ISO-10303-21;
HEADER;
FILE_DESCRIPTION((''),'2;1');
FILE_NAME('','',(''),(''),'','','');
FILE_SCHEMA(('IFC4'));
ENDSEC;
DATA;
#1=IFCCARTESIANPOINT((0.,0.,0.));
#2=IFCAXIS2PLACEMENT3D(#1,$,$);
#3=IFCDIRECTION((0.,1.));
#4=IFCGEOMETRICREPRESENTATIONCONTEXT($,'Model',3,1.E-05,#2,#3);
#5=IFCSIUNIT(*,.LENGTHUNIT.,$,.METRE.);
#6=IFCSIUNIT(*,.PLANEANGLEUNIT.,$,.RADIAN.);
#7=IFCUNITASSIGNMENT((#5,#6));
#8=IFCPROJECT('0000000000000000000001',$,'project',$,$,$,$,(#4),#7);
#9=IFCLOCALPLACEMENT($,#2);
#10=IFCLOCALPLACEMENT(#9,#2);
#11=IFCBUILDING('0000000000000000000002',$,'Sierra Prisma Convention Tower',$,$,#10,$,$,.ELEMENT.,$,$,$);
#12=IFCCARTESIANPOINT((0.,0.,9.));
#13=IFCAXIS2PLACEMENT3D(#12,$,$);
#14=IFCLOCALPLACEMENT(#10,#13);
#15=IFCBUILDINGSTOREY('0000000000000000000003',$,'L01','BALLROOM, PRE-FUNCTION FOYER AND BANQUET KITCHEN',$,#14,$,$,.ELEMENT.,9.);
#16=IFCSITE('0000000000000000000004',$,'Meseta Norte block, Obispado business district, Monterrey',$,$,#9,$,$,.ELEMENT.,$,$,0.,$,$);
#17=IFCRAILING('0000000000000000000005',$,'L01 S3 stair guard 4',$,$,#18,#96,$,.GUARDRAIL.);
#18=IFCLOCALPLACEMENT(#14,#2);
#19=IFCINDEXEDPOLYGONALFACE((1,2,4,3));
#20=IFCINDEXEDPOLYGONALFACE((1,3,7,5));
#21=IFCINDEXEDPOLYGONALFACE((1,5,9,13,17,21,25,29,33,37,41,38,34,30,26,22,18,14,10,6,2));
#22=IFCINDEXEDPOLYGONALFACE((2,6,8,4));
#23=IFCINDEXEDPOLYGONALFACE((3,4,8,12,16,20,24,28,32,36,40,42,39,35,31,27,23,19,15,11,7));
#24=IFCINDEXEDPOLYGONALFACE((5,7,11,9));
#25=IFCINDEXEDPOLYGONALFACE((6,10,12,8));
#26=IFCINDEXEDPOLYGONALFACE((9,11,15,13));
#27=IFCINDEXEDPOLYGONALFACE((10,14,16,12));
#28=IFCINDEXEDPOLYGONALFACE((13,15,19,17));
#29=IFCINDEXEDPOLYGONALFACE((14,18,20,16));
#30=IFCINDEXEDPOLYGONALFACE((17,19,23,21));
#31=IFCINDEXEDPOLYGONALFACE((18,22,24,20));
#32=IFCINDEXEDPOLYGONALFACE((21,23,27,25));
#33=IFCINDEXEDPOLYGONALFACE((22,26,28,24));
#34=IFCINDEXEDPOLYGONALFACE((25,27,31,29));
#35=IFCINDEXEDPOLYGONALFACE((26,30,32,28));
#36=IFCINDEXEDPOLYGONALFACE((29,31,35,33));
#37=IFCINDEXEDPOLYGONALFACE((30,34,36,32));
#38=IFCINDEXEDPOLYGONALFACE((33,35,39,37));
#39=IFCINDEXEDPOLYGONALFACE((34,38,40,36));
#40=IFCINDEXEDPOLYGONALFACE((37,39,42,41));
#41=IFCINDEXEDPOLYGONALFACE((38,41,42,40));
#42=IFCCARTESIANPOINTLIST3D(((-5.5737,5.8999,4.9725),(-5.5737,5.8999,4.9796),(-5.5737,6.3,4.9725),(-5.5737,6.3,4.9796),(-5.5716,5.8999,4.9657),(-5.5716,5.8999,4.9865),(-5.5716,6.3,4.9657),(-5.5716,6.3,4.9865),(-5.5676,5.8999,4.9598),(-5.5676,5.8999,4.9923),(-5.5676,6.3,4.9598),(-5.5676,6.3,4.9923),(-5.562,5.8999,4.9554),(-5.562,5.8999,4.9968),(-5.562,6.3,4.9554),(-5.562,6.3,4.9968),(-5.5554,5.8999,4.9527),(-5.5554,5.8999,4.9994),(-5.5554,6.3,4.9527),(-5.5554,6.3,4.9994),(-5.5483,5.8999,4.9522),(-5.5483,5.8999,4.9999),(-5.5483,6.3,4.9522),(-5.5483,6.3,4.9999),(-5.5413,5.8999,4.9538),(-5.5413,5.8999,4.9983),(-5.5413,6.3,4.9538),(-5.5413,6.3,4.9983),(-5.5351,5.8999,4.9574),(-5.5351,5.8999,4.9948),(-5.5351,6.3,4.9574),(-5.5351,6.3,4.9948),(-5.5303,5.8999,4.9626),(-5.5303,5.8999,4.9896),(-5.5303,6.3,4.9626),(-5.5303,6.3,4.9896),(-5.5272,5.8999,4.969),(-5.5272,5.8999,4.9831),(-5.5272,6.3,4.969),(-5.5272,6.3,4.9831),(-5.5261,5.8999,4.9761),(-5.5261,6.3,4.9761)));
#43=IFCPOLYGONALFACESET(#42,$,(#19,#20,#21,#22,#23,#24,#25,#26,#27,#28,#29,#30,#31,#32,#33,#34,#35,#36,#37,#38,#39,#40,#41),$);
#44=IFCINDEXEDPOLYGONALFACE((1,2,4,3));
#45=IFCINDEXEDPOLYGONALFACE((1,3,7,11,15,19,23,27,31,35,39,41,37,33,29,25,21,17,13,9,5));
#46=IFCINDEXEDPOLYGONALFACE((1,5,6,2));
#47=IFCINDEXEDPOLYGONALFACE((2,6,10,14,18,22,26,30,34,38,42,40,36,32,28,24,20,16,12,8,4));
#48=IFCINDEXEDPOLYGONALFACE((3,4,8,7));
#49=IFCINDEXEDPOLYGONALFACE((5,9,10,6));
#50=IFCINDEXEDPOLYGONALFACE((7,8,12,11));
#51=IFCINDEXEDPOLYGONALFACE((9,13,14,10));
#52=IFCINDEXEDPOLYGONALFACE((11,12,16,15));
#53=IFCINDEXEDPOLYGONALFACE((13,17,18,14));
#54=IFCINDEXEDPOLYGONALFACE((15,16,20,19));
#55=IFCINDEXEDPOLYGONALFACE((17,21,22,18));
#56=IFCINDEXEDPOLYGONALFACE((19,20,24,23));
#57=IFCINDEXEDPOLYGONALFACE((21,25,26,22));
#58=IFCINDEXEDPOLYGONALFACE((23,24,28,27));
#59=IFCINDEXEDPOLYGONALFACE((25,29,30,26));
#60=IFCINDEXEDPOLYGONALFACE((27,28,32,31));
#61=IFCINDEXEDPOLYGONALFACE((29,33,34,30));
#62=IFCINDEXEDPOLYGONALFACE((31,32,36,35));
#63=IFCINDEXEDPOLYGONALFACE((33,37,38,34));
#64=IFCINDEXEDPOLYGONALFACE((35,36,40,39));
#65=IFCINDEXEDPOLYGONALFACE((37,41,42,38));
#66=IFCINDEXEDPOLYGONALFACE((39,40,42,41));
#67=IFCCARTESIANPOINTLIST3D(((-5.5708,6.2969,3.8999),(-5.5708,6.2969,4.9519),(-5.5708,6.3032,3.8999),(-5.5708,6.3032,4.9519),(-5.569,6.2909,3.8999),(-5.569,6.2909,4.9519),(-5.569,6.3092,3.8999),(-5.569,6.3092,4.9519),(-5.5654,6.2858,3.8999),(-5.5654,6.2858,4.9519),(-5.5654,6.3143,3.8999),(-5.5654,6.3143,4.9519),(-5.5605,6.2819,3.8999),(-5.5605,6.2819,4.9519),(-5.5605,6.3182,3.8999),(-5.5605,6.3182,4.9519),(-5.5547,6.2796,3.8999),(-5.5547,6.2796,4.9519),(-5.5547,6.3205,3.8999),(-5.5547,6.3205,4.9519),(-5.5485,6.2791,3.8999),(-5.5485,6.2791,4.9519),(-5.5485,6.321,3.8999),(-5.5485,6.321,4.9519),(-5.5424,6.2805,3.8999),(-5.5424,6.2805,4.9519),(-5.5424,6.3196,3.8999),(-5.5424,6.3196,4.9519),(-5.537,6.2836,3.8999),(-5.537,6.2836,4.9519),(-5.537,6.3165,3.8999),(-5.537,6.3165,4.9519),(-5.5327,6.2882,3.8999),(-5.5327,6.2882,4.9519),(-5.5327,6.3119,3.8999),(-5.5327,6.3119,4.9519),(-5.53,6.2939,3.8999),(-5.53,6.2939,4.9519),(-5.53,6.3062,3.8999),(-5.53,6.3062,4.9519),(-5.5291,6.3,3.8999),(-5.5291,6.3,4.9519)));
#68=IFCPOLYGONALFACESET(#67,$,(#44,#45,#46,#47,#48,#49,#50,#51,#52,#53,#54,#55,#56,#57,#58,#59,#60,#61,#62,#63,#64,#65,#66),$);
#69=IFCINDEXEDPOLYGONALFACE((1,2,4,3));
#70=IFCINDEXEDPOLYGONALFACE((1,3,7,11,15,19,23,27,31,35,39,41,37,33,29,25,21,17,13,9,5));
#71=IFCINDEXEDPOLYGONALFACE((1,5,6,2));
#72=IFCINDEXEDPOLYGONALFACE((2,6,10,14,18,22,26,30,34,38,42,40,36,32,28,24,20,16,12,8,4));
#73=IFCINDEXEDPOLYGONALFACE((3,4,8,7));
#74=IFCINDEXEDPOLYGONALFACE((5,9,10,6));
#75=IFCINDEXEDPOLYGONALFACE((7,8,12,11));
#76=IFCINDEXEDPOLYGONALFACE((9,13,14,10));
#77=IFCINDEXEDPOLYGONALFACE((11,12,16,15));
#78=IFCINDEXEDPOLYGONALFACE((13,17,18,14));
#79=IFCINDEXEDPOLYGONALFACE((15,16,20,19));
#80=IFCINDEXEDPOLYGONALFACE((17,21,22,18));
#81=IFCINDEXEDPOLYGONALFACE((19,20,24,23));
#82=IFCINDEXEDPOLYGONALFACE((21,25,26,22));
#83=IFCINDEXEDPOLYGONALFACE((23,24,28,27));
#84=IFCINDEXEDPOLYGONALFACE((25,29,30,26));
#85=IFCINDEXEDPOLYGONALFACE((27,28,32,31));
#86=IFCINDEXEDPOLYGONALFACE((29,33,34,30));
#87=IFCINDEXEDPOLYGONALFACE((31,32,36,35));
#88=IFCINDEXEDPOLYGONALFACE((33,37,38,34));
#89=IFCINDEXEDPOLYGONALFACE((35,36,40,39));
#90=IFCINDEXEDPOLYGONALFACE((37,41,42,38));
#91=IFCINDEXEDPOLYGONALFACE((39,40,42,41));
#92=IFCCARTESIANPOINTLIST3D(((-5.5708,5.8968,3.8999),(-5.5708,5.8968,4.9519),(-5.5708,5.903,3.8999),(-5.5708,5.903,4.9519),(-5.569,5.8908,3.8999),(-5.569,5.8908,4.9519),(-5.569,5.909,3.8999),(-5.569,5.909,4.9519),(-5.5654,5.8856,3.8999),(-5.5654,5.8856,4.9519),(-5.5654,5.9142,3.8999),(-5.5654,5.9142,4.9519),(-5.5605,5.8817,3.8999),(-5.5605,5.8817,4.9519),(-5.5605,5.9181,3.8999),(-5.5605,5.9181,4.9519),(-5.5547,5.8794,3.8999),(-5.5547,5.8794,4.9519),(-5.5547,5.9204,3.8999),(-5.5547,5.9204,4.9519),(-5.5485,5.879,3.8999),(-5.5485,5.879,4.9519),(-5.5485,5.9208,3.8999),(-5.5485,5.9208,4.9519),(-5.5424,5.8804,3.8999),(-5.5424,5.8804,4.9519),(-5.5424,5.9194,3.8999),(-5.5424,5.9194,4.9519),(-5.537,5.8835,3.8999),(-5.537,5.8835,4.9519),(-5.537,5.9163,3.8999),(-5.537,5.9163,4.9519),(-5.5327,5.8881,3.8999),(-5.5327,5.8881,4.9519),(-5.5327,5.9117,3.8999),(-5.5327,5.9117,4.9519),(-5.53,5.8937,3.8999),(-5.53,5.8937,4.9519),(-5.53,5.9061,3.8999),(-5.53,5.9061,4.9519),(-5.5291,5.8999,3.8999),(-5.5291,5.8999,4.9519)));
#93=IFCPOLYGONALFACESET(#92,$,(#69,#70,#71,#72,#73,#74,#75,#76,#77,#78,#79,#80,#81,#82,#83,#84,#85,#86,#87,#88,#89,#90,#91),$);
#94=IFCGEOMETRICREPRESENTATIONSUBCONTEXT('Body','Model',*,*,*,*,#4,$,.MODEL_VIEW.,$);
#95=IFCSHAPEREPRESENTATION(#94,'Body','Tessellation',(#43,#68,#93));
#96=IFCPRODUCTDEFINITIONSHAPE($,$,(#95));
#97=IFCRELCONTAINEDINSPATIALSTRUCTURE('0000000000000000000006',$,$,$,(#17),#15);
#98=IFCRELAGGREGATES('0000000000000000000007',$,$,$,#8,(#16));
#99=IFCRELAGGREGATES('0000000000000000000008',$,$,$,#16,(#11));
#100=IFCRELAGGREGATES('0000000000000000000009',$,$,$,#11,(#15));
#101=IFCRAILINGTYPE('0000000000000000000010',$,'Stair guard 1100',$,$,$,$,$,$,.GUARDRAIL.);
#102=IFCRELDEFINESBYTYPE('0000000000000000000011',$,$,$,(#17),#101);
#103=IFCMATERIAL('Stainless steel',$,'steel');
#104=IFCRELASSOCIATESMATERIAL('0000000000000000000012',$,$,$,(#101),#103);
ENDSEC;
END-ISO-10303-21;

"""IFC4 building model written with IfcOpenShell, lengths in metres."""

from ifc_helpers import new_model, si_unit, direction, frame, origin, origin_2d, place, context, subcontext, project, spatial, circle, extrude, material, type_object, element, save


model = new_model("IFC4")

# Units and contexts
model_context = context("Model", 3, precision=1e-05, world=origin(), true_north=direction((0.0, 1.0)))
body_context = subcontext(model_context, "Body", "Model", "MODEL_VIEW")
ifc_project = project(units=[si_unit("LENGTHUNIT", "METRE"), si_unit("PLANEANGLEUNIT", "RADIAN")], contexts=[model_context])

# Site, building, storey
site_placement = place(None, origin())
site = spatial("IfcSite", under=ifc_project, at=site_placement, Name="Meseta Norte block, Obispado business district, Monterrey", CompositionType="ELEMENT", RefElevation=0.0)
building_placement = place(site_placement, origin())
building = spatial("IfcBuilding", under=site, at=building_placement, Name="Sierra Prisma Convention Tower", CompositionType="ELEMENT")
storey_placement = place(building_placement, frame((0.0, 0.0, 9.0)))
storey = spatial("IfcBuildingStorey", under=building, at=storey_placement, Name="L01", Description="BALLROOM, PRE-FUNCTION FOYER AND BANQUET KITCHEN", CompositionType="ELEMENT", Elevation=9.0)

# Railing
ifc_material_1 = material(Name="Stainless steel", Category="steel")
railing_type_1 = type_object("IfcRailingType", Name="Stair guard 1100", PredefinedType="GUARDRAIL", material=ifc_material_1)
railing_1_placement = place(storey_placement, frame((-5.55, 6.3, 3.8999)))
element("IfcRailing", 1, at=railing_1_placement, inside=storey, type_object=railing_type_1, Name="L01 S3 stair guard 4", PredefinedType="GUARDRAIL", context=body_context, shape_type="SweptSolid", body=[
    extrude(circle(Radius=0.0239, at=origin_2d()), frame((0.0, 0.0, 1.0762), z_axis=(0.0, -1.0, 0.0), x_axis=(1.0, 0.0, 0.0)), (0.0, 0.0, 1.0), 0.4001),
    extrude(circle(Radius=0.021, at=origin_2d()), origin(), (0.0, 0.0, 1.0), 1.052),
    extrude(circle(Radius=0.021, at=origin_2d()), frame((0.0, -0.4001, 0.0)), (0.0, 0.0, 1.0), 1.052),
])

save(model, "model.ifc")
